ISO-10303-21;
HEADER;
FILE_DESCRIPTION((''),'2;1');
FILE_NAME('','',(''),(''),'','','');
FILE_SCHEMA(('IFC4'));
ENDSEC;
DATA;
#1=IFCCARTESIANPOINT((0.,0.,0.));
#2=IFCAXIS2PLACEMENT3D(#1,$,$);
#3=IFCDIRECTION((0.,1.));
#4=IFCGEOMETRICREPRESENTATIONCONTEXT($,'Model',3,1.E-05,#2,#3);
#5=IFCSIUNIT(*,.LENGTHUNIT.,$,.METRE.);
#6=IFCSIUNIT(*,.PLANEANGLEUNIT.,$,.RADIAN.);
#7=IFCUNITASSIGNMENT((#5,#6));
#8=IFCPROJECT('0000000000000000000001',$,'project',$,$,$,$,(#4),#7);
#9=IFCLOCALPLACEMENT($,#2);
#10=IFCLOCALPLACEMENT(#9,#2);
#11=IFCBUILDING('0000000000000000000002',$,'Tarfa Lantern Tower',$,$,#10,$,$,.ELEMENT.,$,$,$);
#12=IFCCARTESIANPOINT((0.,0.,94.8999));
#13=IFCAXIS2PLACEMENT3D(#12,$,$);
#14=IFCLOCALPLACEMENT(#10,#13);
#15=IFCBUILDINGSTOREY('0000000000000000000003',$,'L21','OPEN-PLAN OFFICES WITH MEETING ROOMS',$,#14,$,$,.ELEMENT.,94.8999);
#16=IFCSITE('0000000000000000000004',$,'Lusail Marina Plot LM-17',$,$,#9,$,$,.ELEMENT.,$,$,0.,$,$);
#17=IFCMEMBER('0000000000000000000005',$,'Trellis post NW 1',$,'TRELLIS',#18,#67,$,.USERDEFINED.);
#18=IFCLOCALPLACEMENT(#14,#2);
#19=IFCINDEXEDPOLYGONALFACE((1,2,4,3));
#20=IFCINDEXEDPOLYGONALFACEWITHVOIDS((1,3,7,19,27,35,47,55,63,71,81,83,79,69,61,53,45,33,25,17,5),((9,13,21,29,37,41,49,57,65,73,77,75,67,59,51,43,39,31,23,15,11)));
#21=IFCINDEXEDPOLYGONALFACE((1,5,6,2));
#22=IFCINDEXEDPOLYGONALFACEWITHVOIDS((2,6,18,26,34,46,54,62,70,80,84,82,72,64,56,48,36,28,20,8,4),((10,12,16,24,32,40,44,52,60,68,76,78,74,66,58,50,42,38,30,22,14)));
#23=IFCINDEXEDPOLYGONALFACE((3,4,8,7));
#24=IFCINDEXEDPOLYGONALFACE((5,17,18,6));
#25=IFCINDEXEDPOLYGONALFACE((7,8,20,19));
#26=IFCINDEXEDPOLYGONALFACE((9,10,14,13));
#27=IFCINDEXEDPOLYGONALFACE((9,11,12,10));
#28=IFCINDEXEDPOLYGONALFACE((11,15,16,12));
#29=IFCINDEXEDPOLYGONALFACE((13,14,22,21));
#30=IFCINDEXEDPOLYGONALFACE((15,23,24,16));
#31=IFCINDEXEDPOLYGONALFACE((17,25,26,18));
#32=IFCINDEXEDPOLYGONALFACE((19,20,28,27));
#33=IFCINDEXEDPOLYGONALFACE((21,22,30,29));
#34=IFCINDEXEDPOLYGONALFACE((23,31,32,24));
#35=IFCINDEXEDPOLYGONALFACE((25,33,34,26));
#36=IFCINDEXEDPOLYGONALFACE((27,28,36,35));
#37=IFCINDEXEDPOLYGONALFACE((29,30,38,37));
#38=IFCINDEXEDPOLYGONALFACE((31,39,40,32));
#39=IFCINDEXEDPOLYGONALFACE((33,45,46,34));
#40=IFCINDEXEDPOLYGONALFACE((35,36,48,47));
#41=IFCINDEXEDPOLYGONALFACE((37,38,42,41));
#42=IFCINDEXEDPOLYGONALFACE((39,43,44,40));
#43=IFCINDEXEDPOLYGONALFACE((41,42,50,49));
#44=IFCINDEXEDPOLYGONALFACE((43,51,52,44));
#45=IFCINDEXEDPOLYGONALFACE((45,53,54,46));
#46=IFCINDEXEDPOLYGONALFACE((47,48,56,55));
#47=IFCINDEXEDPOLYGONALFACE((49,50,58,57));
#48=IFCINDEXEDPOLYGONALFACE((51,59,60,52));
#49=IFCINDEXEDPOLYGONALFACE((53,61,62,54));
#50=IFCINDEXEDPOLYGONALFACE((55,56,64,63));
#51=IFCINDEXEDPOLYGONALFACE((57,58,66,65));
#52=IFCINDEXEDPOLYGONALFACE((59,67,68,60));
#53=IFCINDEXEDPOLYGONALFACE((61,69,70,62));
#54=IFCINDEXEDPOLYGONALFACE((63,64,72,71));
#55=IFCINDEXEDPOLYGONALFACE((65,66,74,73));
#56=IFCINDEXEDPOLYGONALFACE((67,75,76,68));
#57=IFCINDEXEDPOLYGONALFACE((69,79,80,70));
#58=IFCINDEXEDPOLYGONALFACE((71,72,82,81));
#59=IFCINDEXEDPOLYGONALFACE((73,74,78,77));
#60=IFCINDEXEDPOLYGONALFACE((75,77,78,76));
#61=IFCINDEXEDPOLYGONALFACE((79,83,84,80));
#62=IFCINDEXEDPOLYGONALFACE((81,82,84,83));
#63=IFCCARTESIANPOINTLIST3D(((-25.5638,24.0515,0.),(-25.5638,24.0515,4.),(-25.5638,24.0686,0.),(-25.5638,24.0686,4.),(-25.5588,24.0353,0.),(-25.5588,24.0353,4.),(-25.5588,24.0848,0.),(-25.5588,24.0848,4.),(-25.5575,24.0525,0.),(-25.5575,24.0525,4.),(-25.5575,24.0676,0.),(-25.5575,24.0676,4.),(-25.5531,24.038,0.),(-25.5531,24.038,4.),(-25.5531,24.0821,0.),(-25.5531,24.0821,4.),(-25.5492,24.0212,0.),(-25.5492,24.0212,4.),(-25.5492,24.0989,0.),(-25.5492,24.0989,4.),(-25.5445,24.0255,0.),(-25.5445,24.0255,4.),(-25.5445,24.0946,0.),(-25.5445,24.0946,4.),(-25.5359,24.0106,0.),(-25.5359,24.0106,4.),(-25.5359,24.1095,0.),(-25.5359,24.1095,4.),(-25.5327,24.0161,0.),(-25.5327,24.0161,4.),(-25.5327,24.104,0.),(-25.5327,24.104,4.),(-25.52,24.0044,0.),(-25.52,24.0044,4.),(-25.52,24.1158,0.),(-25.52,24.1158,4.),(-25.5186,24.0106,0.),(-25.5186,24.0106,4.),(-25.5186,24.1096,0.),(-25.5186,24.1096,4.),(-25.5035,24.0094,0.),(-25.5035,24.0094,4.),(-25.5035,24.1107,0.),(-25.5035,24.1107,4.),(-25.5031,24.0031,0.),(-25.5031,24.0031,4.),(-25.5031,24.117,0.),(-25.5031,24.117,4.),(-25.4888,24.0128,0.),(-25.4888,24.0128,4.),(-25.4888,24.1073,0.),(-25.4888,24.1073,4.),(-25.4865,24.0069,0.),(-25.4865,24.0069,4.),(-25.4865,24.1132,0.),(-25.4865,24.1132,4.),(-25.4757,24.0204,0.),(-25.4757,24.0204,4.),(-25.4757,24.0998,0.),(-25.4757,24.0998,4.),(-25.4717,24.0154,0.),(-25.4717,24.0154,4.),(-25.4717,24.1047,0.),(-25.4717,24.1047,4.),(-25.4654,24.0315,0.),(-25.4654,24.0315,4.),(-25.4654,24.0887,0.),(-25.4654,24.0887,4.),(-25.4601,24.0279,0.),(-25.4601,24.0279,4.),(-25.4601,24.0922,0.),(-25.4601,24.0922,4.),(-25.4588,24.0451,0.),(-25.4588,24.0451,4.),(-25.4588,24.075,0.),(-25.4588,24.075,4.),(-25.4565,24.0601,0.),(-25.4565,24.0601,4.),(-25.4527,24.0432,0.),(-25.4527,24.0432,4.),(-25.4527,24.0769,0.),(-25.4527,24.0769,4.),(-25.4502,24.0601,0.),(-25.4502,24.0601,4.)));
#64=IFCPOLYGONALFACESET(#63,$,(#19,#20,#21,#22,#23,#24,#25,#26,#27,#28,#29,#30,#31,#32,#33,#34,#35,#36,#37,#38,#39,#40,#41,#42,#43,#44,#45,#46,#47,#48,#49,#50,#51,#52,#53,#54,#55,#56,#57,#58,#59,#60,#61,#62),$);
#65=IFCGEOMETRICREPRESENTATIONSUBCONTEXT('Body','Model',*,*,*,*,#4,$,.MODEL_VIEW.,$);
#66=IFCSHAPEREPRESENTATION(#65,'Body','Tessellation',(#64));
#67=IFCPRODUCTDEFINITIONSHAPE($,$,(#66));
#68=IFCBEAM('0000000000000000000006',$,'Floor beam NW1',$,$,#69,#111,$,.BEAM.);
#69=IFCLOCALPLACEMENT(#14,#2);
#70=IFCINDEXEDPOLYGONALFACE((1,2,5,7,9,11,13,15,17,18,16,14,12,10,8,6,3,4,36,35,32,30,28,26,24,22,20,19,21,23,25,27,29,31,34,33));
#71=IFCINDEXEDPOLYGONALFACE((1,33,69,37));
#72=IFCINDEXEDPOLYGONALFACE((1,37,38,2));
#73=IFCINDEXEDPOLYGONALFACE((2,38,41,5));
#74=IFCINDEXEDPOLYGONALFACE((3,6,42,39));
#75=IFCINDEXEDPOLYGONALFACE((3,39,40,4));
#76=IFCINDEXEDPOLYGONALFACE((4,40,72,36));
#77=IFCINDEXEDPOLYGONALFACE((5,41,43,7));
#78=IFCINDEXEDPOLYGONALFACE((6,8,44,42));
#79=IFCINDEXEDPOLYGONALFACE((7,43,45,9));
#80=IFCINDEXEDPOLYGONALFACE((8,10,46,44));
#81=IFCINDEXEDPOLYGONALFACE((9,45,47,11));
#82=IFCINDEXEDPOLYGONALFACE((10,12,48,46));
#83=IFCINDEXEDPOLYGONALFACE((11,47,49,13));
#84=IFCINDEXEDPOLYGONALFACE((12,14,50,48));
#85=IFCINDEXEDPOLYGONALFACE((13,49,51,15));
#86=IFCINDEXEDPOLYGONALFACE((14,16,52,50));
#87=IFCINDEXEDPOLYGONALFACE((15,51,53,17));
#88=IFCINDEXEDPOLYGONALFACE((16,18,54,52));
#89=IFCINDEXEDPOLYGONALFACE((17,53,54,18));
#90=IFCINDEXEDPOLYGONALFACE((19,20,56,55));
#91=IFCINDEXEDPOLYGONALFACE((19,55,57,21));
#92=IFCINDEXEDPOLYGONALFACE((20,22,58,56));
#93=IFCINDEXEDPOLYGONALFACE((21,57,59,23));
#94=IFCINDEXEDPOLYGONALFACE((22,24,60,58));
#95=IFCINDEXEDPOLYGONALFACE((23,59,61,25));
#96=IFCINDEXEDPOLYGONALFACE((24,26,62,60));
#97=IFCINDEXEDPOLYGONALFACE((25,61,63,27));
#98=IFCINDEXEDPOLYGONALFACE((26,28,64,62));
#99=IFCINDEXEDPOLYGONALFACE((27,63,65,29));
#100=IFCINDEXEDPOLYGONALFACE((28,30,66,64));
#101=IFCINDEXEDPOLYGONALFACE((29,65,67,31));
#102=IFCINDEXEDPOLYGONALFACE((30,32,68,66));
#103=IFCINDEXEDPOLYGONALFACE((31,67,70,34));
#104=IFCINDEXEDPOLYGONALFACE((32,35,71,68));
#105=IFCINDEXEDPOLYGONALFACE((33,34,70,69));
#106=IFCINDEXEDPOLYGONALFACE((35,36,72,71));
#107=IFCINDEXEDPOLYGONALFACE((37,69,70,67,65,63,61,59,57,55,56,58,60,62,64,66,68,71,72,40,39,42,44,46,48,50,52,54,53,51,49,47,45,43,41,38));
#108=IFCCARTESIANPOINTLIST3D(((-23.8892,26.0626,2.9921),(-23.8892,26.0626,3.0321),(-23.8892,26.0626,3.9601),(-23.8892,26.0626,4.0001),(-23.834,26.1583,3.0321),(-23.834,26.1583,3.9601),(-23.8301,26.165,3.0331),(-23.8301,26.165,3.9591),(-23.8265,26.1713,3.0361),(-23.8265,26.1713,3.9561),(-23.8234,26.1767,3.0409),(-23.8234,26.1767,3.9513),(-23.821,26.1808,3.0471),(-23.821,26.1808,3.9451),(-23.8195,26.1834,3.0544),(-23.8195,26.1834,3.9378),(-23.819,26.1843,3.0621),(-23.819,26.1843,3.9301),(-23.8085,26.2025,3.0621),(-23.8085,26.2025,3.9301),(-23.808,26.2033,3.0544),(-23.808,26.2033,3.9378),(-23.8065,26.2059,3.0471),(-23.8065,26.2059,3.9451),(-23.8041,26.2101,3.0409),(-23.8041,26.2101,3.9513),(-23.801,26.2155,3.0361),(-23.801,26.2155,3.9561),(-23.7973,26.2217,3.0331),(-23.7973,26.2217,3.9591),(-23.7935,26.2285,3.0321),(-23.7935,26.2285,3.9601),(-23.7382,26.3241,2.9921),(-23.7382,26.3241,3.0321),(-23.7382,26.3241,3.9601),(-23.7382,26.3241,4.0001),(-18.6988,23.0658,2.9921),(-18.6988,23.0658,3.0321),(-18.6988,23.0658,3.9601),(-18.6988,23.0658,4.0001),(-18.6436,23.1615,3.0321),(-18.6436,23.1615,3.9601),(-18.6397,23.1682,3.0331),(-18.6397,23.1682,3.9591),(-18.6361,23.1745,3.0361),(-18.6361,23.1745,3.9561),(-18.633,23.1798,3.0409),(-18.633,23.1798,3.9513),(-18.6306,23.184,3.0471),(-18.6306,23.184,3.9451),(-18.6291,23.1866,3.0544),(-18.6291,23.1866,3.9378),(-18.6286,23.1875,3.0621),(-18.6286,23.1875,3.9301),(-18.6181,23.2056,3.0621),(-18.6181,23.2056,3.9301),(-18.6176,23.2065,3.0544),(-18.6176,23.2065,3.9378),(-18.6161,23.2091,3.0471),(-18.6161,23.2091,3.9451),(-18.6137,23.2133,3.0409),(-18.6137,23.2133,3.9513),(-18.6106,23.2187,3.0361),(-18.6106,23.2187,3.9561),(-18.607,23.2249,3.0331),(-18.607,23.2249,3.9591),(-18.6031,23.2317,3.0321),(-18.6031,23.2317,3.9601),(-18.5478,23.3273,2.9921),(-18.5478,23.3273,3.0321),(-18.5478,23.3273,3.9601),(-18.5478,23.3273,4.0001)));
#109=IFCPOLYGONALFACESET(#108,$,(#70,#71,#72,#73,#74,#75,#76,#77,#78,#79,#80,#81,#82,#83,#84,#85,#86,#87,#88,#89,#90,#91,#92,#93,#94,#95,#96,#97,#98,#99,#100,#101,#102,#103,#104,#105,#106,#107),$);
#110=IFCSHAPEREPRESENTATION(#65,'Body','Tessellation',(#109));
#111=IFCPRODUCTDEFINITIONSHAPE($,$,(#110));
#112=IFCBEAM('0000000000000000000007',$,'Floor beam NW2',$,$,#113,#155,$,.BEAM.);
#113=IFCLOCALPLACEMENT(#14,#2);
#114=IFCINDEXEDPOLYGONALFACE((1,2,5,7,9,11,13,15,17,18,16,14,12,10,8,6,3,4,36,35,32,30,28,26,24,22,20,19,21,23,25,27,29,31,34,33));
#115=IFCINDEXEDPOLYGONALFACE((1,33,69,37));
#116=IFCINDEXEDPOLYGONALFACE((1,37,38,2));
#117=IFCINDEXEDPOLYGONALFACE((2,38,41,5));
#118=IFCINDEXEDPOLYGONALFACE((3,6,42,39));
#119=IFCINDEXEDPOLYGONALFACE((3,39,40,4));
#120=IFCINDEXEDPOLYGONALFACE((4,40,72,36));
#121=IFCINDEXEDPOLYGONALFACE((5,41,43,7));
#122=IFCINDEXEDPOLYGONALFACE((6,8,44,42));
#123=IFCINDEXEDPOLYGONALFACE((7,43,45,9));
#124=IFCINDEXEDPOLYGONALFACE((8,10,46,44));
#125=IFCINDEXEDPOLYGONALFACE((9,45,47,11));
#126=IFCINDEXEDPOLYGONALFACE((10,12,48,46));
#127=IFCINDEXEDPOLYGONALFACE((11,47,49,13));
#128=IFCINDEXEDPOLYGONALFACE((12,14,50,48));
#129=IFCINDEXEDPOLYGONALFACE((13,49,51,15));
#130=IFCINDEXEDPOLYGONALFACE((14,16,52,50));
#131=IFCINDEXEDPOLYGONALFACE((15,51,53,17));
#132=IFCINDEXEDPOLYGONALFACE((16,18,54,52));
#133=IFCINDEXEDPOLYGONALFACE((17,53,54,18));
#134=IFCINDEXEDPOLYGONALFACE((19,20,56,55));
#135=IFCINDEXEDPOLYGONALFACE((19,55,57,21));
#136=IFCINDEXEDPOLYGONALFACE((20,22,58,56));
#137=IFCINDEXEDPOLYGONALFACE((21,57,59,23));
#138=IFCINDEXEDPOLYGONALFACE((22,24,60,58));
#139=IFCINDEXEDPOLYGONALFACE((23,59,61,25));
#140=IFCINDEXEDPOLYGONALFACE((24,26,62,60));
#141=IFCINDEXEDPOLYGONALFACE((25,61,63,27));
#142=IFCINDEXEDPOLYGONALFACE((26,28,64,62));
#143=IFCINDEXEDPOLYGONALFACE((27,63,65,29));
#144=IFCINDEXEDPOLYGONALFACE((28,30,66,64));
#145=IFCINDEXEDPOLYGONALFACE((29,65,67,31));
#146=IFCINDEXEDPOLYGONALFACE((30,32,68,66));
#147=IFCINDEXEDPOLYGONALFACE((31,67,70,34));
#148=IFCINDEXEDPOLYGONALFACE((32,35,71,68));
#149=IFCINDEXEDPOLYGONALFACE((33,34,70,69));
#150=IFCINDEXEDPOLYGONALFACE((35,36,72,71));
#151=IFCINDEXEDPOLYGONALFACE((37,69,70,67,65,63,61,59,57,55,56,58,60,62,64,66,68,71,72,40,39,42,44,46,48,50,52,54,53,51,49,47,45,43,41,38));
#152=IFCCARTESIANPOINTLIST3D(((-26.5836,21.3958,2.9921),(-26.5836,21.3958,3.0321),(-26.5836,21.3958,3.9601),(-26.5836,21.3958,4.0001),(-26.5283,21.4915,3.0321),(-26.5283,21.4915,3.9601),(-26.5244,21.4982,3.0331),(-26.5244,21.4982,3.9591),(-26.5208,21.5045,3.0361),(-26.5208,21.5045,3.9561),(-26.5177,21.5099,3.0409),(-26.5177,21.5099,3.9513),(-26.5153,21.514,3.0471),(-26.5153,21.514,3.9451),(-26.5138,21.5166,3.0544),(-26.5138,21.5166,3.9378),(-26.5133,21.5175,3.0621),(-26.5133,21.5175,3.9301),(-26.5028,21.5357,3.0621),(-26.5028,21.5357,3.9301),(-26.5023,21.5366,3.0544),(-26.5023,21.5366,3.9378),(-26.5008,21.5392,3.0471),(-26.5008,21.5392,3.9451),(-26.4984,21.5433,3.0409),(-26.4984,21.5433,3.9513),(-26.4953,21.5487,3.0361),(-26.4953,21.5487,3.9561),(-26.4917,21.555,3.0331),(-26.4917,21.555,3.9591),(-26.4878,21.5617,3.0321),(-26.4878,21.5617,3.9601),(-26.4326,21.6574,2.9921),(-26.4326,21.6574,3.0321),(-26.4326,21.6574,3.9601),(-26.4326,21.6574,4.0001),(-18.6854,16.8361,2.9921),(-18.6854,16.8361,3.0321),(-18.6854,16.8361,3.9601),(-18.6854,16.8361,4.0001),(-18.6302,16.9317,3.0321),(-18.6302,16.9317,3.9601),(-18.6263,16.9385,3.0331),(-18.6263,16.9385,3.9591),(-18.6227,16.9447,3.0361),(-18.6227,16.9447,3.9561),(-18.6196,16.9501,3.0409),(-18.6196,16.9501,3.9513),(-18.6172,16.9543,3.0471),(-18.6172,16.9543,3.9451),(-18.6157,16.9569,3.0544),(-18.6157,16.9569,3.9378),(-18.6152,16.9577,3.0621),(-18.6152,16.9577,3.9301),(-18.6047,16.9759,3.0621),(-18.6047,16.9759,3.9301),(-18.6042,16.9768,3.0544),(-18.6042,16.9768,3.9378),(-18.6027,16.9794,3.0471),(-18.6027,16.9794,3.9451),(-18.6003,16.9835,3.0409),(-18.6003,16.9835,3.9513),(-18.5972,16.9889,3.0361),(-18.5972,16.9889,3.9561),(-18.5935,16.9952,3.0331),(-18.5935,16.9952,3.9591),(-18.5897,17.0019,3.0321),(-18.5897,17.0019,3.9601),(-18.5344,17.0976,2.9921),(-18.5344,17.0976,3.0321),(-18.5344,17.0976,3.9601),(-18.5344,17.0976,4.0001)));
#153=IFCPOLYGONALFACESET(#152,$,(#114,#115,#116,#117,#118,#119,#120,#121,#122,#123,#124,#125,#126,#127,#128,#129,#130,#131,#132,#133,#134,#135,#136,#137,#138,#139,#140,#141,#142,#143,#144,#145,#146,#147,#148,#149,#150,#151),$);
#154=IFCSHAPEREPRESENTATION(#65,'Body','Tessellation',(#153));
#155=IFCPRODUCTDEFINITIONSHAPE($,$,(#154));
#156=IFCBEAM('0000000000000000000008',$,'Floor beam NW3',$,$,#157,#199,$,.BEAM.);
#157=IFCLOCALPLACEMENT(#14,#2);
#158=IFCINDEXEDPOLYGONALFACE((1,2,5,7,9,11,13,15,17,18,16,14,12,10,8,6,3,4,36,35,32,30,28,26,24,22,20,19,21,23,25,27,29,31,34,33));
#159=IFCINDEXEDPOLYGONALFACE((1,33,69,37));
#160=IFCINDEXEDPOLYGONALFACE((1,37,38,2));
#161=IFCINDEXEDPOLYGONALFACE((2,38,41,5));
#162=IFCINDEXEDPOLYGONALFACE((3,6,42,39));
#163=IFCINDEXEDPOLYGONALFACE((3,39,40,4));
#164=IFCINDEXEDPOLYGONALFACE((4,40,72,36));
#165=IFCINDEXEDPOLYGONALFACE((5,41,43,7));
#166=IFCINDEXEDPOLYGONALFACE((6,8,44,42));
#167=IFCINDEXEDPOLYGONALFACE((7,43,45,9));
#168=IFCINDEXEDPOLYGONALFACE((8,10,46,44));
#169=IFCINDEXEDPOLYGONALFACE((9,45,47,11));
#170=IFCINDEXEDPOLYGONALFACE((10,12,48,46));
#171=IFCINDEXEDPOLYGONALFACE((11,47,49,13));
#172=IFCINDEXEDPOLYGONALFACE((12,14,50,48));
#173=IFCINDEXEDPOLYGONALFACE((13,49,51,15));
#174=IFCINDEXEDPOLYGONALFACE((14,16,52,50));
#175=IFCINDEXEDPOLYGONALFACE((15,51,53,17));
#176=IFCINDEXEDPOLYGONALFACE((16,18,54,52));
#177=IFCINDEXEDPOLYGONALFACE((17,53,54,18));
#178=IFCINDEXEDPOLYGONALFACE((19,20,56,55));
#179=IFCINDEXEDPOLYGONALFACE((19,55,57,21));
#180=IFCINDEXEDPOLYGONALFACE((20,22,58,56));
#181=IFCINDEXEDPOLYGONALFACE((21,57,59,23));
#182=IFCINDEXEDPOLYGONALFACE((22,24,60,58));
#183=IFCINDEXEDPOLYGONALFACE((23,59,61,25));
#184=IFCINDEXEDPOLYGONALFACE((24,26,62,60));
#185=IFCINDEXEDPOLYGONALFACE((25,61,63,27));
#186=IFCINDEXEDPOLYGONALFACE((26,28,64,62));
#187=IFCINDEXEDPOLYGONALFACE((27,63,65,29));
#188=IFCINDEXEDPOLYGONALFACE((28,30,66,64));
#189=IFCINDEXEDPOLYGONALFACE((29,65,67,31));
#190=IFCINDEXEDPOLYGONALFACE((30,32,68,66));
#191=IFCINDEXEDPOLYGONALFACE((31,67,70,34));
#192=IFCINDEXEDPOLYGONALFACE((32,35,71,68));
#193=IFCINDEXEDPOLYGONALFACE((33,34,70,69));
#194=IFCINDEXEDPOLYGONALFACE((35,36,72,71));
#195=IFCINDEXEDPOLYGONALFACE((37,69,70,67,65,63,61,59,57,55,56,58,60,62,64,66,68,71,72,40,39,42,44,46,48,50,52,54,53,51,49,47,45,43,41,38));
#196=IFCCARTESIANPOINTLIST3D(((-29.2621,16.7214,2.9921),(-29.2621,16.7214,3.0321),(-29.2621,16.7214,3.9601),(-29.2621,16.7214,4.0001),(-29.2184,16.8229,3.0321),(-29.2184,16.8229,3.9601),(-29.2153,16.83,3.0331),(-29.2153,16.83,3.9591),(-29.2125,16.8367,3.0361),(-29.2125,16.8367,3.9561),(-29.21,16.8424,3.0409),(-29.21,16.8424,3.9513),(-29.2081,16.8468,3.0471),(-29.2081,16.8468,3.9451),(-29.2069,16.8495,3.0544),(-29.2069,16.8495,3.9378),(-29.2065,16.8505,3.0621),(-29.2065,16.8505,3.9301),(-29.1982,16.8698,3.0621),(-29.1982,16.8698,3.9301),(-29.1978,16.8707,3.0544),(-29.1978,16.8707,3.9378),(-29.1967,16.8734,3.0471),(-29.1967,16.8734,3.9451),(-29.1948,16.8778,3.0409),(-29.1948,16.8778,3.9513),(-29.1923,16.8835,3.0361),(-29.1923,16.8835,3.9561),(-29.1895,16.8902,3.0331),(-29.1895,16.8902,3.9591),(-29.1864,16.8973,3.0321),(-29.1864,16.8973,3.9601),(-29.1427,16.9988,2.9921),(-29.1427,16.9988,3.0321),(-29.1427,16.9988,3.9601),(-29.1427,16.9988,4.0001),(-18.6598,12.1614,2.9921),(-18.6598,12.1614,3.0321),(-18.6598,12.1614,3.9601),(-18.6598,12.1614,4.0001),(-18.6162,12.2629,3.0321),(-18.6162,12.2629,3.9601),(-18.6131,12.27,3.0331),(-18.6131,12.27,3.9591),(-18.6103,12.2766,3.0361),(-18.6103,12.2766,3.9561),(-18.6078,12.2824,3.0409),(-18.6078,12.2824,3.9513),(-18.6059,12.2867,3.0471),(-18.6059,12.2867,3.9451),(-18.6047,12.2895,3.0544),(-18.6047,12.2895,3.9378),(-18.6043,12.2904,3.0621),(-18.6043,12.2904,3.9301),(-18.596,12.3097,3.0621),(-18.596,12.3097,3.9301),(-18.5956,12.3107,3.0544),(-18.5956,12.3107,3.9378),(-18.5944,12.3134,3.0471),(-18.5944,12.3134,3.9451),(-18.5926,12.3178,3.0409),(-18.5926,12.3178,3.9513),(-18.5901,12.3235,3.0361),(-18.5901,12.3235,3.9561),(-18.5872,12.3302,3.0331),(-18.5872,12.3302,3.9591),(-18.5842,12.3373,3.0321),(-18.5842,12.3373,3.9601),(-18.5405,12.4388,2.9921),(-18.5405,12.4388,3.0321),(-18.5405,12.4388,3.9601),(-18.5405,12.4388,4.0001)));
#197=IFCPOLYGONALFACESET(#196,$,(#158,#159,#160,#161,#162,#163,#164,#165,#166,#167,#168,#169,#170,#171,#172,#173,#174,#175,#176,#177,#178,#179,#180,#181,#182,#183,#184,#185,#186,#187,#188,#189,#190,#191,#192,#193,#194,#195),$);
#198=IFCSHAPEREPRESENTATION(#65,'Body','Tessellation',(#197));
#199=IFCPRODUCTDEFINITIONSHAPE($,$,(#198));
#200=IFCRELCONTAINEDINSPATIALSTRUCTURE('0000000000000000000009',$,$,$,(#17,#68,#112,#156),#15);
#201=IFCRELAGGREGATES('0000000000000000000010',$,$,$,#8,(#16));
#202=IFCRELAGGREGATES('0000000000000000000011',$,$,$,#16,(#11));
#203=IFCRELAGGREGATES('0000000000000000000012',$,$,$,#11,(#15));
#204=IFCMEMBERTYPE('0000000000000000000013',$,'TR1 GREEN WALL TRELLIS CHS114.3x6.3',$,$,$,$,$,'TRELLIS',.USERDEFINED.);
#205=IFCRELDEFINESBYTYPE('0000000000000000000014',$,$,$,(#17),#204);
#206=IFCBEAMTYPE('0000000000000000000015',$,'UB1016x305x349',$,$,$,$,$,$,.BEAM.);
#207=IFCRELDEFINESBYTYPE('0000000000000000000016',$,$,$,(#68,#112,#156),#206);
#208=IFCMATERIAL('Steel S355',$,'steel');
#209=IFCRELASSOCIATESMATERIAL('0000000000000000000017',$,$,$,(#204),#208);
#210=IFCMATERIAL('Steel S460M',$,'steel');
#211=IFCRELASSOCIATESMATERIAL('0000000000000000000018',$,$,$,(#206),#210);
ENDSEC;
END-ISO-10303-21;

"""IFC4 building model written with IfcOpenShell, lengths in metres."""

from ifc_helpers import new_model, si_unit, direction, frame, origin, origin_2d, place, context, subcontext, project, spatial, hollow_circle, i_section, extrude, material, material_profile, profile_set, type_object, element, save


model = new_model("IFC4")

# Units and contexts
model_context = context("Model", 3, precision=1e-05, world=origin(), true_north=direction((0.0, 1.0)))
body_context = subcontext(model_context, "Body", "Model", "MODEL_VIEW")
ifc_project = project(units=[si_unit("LENGTHUNIT", "METRE"), si_unit("PLANEANGLEUNIT", "RADIAN")], contexts=[model_context])

# Site, building, storey
site_placement = place(None, origin())
site = spatial("IfcSite", under=ifc_project, at=site_placement, Name="Lusail Marina Plot LM-17", CompositionType="ELEMENT", RefElevation=0.0)
building_placement = place(site_placement, origin())
building = spatial("IfcBuilding", under=site, at=building_placement, Name="Tarfa Lantern Tower", CompositionType="ELEMENT")
storey_placement = place(building_placement, frame((0.0, 0.0, 94.8999)))
storey = spatial("IfcBuildingStorey", under=building, at=storey_placement, Name="L21", Description="OPEN-PLAN OFFICES WITH MEETING ROOMS", CompositionType="ELEMENT", Elevation=94.8999)

# Member
ifc_material_1 = material(Name="Steel S355", Category="steel")
ifc_material_profile_1 = material_profile(ifc_material_1, hollow_circle(Radius=0.0571, WallThickness=0.0063, at=origin_2d()), Name="CHS114.3x6.3")
ifc_profile_set_1 = profile_set([ifc_material_profile_1], Name="Steel S355")
member_type_1 = type_object("IfcMemberType", Name="TR1 GREEN WALL TRELLIS CHS114.3x6.3", ElementType="TRELLIS", PredefinedType="USERDEFINED", material=ifc_profile_set_1)
member_1_placement = place(storey_placement, frame((-25.5073, 24.0601, 0.0), z_axis=(0.0, 0.0, 1.0), x_axis=(1.0, 0.0, 0.0)))
element("IfcMember", 1, at=member_1_placement, inside=storey, type_object=member_type_1, Name="Trellis post NW 1", ObjectType="TRELLIS", PredefinedType="USERDEFINED", context=body_context, shape_type="SweptSolid", body=[
    extrude(hollow_circle(Radius=0.0571, WallThickness=0.0063, at=origin_2d()), origin(), (0.0, 0.0, 1.0), 4.0),
])

# Beams
ifc_material_2 = material(Name="Steel S460M", Category="steel")
ifc_material_profile_2 = material_profile(ifc_material_2, i_section(OverallWidth=0.302, OverallDepth=1.0081, WebThickness=0.021, FlangeThickness=0.04, FilletRadius=0.03, at=origin_2d()), Name="UB1016x305x349")
ifc_profile_set_2 = profile_set([ifc_material_profile_2], Name="Steel S460M")
beam_type_1 = type_object("IfcBeamType", Name="UB1016x305x349", PredefinedType="BEAM", material=ifc_profile_set_2)
beam_1_placement = place(storey_placement, frame((-23.8137, 26.1934, 3.4961), z_axis=(0.866016, -0.500016, 0.0), x_axis=(0.500016, 0.866016, 0.0)))
element("IfcBeam", 2, at=beam_1_placement, inside=storey, type_object=beam_type_1, Name="Floor beam NW1", PredefinedType="BEAM", context=body_context, shape_type="SweptSolid", body=[
    extrude(i_section(OverallWidth=0.302, OverallDepth=1.0081, WebThickness=0.021, FlangeThickness=0.04, FilletRadius=0.03, at=origin_2d()), origin(), (0.0, 0.0, 1.0), 5.9934),
])
beam_2_placement = place(storey_placement, frame((-26.5081, 21.5266, 3.4961), z_axis=(0.866035, -0.499983, 0.0), x_axis=(0.499983, 0.866035, 0.0)))
element("IfcBeam", 3, at=beam_2_placement, inside=storey, type_object=beam_type_1, Name="Floor beam NW2", PredefinedType="BEAM", context=body_context, shape_type="SweptSolid", body=[
    extrude(i_section(OverallWidth=0.302, OverallDepth=1.0081, WebThickness=0.021, FlangeThickness=0.04, FilletRadius=0.03, at=origin_2d()), origin(), (0.0, 0.0, 1.0), 9.1199),
])
beam_3_placement = place(storey_placement, frame((-29.2024, 16.8601, 3.4961), z_axis=(0.918635, -0.395106, 0.0), x_axis=(0.395106, 0.918635, 0.0)))
element("IfcBeam", 4, at=beam_3_placement, inside=storey, type_object=beam_type_1, Name="Floor beam NW3", PredefinedType="BEAM", context=body_context, shape_type="SweptSolid", body=[
    extrude(i_section(OverallWidth=0.302, OverallDepth=1.0081, WebThickness=0.021, FlangeThickness=0.04, FilletRadius=0.03, at=origin_2d()), origin(), (0.0, 0.0, 1.0), 11.5413),
])

save(model, "model.ifc")
